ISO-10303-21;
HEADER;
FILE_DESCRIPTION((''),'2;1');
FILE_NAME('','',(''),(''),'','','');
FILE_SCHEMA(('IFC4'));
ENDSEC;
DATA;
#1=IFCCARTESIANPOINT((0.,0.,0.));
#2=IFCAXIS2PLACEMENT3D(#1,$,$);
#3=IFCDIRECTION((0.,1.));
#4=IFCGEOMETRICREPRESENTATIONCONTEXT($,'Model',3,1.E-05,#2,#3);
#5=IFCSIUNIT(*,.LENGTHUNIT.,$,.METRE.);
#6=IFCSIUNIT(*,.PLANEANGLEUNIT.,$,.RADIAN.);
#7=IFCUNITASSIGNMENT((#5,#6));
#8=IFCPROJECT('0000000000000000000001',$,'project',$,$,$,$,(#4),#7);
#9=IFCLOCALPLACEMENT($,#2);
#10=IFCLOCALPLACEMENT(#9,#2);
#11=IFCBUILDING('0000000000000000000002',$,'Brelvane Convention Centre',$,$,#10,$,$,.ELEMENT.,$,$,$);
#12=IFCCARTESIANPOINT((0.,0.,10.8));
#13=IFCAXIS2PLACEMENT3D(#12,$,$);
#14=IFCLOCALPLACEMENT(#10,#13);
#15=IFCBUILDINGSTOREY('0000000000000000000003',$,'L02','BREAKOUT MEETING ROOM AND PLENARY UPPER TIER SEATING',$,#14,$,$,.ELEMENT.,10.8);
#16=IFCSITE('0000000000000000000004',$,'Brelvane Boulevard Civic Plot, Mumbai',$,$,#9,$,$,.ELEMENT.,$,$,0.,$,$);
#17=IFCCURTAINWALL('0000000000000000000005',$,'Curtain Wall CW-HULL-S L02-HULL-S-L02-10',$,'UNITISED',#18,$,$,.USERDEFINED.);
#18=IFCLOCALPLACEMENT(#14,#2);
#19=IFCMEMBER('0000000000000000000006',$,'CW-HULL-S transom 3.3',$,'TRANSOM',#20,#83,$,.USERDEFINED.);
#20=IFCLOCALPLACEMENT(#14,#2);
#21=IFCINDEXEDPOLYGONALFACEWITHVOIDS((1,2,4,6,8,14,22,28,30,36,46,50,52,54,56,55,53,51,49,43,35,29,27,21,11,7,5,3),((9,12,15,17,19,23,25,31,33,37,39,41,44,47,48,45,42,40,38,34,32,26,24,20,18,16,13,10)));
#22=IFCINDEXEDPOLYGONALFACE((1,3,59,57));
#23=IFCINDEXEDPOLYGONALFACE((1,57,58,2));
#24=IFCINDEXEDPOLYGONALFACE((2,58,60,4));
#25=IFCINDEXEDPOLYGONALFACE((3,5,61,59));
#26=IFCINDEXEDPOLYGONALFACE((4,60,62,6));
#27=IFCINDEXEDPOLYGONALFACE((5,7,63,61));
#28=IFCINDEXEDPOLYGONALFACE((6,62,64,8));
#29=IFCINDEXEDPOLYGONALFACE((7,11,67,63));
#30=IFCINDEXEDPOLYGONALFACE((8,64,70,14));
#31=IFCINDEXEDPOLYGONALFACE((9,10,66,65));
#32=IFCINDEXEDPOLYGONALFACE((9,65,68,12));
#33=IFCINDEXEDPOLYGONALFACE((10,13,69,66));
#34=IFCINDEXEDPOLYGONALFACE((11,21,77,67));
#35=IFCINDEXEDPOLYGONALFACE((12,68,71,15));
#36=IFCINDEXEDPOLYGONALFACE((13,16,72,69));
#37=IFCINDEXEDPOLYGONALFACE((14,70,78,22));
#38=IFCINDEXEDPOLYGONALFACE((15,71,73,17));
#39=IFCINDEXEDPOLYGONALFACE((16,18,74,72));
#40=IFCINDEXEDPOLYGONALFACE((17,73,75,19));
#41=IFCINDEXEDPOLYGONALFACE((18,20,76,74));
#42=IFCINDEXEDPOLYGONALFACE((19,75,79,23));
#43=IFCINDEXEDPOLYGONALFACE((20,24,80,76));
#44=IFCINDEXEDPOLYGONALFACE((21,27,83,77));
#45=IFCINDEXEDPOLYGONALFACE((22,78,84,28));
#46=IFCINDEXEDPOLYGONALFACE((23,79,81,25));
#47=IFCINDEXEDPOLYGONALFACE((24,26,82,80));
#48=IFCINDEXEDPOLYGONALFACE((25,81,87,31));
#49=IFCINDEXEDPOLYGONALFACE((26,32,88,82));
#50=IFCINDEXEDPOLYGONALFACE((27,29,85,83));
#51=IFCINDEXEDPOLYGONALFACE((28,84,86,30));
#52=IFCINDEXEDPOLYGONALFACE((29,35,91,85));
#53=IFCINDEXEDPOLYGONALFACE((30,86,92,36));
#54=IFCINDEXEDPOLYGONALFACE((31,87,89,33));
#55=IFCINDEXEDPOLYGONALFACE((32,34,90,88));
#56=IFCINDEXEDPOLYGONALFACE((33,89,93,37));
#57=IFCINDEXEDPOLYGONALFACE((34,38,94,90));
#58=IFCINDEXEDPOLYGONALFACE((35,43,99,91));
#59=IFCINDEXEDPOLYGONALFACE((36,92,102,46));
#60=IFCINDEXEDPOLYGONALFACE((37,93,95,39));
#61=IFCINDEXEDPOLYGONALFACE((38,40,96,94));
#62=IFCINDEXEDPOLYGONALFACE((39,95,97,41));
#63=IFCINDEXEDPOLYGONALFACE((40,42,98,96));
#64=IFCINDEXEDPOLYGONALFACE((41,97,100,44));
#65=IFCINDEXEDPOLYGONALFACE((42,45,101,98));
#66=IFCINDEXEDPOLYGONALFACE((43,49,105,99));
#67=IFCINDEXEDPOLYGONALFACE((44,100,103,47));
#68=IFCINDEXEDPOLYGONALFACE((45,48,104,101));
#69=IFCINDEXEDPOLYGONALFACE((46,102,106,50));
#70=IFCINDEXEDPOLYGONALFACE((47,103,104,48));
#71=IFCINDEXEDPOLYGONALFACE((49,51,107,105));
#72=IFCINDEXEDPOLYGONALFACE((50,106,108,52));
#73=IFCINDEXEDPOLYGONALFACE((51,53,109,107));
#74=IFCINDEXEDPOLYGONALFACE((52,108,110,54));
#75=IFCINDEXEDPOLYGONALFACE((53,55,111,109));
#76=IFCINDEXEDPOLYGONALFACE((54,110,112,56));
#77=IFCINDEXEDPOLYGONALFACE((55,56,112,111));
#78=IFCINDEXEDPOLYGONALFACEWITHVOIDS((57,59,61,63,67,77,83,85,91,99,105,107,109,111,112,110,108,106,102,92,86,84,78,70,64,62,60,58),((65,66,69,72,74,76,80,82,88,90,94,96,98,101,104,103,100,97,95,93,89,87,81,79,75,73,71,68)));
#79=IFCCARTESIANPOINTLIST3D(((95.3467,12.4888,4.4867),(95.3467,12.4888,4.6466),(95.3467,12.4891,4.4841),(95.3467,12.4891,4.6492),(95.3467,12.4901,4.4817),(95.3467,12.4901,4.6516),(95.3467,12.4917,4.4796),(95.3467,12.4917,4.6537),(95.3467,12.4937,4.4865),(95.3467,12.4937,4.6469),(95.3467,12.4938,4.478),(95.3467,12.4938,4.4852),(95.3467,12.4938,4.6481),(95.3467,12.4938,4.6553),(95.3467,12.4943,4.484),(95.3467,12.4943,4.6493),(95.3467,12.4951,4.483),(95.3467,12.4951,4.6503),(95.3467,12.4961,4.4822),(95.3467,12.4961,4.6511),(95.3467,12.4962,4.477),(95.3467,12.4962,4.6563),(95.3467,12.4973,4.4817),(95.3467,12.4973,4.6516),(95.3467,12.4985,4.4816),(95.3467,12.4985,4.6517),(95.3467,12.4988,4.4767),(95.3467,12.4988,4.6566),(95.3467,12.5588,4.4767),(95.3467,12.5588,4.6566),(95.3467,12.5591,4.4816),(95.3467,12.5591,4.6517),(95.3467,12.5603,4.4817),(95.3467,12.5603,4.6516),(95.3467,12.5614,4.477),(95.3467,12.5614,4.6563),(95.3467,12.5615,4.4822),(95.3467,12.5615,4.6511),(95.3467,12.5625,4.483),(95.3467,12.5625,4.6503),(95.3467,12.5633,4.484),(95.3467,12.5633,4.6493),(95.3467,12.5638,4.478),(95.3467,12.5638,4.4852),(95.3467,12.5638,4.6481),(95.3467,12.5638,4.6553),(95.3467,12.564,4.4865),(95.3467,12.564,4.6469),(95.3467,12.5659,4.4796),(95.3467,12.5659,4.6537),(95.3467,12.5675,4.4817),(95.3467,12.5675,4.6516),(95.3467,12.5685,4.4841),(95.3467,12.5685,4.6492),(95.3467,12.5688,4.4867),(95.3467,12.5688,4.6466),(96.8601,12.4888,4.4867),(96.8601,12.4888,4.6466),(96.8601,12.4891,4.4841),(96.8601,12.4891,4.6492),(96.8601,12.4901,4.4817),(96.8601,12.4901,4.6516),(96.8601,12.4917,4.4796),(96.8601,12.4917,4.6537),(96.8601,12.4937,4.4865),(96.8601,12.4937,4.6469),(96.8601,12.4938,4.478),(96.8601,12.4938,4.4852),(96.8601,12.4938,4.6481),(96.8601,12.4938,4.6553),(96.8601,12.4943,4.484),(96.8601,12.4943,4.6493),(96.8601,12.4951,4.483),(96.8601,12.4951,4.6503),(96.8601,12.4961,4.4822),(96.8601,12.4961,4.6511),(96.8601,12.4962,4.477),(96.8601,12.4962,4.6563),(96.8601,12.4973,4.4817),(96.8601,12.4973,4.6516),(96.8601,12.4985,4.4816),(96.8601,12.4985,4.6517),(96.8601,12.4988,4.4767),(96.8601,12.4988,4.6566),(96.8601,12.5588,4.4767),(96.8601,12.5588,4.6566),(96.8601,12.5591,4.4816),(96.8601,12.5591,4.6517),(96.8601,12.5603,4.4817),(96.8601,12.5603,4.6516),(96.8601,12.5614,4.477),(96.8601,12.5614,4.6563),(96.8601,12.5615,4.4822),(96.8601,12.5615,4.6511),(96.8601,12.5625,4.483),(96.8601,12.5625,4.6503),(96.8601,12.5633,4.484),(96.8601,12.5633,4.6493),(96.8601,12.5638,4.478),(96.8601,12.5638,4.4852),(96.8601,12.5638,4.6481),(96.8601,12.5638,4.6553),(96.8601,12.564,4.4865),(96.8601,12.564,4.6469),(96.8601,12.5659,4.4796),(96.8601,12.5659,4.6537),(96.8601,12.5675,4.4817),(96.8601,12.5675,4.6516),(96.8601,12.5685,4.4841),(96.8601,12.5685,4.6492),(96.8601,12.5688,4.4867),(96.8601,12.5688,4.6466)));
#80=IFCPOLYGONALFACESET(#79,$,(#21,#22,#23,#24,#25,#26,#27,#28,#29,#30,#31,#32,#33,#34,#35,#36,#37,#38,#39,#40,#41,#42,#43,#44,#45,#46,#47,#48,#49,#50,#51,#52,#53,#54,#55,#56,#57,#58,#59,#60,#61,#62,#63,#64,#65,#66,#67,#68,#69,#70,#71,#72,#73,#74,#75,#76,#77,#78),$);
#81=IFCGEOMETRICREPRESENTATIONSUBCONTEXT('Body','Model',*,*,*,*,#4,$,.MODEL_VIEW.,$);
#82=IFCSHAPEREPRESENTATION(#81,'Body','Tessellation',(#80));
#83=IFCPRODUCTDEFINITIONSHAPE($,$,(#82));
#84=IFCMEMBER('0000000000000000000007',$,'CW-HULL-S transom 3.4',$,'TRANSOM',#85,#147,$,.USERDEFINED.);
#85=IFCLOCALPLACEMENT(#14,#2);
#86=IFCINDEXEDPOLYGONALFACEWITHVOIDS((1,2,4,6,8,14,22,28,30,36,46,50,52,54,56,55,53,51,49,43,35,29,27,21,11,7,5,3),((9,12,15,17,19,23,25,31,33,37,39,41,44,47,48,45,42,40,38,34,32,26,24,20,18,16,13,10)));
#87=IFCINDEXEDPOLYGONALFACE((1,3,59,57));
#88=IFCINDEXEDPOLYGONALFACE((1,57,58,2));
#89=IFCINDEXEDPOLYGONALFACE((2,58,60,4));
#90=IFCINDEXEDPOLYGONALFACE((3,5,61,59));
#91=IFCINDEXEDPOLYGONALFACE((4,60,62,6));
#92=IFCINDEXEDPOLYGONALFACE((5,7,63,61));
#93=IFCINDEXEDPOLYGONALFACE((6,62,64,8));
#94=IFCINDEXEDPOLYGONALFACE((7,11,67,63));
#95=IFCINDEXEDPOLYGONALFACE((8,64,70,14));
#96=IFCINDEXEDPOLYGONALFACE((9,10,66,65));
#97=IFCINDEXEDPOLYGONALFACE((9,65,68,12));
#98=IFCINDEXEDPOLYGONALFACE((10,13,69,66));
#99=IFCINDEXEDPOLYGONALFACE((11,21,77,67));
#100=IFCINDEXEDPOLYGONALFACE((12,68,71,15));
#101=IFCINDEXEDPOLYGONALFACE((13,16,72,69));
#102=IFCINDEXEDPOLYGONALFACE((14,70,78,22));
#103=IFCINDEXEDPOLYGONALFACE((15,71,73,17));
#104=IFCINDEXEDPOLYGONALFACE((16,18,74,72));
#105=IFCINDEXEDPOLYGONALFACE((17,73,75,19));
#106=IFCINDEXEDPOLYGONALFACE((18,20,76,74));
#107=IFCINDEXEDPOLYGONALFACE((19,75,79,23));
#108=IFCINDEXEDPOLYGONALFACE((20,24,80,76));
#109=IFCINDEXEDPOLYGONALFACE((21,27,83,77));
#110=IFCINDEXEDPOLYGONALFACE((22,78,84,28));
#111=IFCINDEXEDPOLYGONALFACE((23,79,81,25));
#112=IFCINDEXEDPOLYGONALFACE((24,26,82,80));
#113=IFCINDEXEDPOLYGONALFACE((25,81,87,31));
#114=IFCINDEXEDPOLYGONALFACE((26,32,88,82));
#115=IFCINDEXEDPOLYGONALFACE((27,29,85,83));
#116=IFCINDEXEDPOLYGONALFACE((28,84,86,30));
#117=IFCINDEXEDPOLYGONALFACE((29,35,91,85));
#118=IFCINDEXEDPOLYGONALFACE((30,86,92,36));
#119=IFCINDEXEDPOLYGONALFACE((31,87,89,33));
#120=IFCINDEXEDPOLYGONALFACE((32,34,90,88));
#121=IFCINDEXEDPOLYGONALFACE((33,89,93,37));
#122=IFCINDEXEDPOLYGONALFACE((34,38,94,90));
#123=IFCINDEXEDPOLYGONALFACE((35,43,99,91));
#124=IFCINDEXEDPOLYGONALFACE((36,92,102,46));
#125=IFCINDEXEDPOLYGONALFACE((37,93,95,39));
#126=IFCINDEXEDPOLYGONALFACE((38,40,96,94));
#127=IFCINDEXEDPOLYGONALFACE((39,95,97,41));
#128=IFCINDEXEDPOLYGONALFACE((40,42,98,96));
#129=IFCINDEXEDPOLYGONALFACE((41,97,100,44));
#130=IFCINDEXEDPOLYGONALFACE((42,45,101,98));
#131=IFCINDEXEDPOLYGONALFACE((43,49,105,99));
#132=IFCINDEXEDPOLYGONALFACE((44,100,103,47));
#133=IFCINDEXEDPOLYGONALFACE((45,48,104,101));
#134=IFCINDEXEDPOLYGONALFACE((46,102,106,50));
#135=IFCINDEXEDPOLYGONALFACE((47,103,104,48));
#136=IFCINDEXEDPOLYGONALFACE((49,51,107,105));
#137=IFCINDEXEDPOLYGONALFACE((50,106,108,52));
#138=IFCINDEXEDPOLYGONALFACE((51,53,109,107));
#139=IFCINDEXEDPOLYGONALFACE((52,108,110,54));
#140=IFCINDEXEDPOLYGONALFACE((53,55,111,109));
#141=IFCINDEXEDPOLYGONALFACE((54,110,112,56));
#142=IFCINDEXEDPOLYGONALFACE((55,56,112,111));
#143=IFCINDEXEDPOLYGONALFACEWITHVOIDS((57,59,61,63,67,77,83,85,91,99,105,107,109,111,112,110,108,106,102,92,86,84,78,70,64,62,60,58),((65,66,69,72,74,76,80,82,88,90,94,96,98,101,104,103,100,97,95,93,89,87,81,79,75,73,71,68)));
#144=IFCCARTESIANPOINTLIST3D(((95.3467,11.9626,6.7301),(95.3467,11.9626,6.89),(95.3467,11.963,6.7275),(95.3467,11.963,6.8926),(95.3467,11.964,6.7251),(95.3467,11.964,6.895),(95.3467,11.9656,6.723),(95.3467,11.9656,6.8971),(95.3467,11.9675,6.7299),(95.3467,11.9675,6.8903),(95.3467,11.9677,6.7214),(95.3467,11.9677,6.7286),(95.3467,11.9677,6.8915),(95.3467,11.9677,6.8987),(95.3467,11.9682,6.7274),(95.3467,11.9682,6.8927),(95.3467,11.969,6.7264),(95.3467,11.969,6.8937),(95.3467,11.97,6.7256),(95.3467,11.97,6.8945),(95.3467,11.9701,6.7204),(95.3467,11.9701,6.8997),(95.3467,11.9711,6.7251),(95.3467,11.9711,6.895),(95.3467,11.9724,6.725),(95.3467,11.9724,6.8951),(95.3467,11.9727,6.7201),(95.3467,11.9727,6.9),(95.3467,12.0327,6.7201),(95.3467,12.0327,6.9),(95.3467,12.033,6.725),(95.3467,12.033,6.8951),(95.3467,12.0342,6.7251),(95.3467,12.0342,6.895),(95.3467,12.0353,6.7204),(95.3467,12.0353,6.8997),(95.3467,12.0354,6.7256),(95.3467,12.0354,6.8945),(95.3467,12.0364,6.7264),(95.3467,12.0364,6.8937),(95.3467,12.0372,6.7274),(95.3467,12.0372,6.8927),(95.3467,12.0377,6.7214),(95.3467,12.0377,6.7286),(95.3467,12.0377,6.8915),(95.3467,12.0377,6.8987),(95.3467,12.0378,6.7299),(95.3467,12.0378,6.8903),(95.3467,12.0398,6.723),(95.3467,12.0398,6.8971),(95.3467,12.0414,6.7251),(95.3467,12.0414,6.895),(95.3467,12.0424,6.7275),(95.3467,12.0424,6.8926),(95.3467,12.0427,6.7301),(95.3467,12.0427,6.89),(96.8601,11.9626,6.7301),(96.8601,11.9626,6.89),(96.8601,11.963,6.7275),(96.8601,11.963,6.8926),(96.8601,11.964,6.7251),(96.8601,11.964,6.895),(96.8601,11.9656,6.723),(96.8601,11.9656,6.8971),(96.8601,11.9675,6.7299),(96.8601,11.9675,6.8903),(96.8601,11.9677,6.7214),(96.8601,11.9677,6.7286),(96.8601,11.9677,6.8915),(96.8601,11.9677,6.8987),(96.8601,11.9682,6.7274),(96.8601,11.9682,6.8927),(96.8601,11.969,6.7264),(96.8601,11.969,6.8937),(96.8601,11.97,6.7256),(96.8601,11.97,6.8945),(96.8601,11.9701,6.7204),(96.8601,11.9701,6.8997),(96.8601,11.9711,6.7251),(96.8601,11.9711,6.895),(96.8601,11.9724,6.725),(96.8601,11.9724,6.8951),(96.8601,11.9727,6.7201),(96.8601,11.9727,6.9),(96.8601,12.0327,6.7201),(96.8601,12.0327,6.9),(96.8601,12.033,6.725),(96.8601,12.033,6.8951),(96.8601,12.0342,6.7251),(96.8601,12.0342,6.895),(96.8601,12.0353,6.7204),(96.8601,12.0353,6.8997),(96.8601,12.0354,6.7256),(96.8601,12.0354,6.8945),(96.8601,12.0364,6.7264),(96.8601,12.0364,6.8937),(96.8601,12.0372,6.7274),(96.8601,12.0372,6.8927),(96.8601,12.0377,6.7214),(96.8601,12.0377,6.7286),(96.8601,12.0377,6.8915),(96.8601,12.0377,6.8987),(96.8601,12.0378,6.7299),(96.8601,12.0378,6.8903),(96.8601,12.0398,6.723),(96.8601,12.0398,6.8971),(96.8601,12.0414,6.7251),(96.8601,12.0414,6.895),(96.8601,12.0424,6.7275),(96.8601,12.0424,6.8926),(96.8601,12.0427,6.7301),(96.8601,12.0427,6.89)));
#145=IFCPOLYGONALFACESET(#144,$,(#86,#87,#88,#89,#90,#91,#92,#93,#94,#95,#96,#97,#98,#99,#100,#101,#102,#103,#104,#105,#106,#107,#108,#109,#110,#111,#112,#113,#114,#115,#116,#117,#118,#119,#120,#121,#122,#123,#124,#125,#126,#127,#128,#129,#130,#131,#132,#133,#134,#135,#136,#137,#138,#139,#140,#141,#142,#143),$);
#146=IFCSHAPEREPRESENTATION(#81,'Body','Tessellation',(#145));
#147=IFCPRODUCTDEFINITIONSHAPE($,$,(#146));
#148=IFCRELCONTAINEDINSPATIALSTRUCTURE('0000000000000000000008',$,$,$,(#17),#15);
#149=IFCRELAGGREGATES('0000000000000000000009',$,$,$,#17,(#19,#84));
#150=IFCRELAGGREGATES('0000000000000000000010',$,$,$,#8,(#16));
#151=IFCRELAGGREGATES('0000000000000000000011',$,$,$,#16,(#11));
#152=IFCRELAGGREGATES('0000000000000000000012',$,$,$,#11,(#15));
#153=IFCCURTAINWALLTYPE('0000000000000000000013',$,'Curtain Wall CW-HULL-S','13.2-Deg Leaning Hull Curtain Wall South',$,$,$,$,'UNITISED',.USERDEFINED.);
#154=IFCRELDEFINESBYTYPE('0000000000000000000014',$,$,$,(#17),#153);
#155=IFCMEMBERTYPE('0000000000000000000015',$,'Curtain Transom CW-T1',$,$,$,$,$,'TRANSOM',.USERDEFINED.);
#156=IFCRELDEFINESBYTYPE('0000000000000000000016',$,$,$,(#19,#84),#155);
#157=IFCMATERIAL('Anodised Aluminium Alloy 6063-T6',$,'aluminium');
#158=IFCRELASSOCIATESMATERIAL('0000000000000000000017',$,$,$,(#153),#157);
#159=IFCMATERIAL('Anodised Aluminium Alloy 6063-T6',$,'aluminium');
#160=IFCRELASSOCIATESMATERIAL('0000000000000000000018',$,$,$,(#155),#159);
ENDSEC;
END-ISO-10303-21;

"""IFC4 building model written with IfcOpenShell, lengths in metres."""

from ifc_helpers import new_model, si_unit, direction, frame, origin, origin_2d, place, context, subcontext, project, spatial, hollow_rectangle, extrude, material, material_profile, profile_set, type_object, element, aggregate, save


model = new_model("IFC4")

# Units and contexts
model_context = context("Model", 3, precision=1e-05, world=origin(), true_north=direction((0.0, 1.0)))
body_context = subcontext(model_context, "Body", "Model", "MODEL_VIEW")
ifc_project = project(units=[si_unit("LENGTHUNIT", "METRE"), si_unit("PLANEANGLEUNIT", "RADIAN")], contexts=[model_context])

# Site, building, storey
site_placement = place(None, origin())
site = spatial("IfcSite", under=ifc_project, at=site_placement, Name="Brelvane Boulevard Civic Plot, Mumbai", CompositionType="ELEMENT", RefElevation=0.0)
building_placement = place(site_placement, origin())
building = spatial("IfcBuilding", under=site, at=building_placement, Name="Brelvane Convention Centre", CompositionType="ELEMENT")
storey_placement = place(building_placement, frame((0.0, 0.0, 10.8)))
storey = spatial("IfcBuildingStorey", under=building, at=storey_placement, Name="L02", Description="BREAKOUT MEETING ROOM AND PLENARY UPPER TIER SEATING", CompositionType="ELEMENT", Elevation=10.8)

# Curtain wall, members
ifc_material_1 = material(Name="Anodised Aluminium Alloy 6063-T6", Category="aluminium")
curtain_wall_type = type_object("IfcCurtainWallType", Name="Curtain Wall CW-HULL-S", Description="13.2-Deg Leaning Hull Curtain Wall South", ElementType="UNITISED", PredefinedType="USERDEFINED", material=ifc_material_1)
curtain_wall_1_placement = place(storey_placement, origin())
curtain_wall_1 = element("IfcCurtainWall", 1, at=curtain_wall_1_placement, inside=storey, type_object=curtain_wall_type, Name="Curtain Wall CW-HULL-S L02-HULL-S-L02-10", ObjectType="UNITISED", PredefinedType="USERDEFINED")
ifc_material_2 = material(Name="Anodised Aluminium Alloy 6063-T6", Category="aluminium")
ifc_material_profile = material_profile(ifc_material_2, hollow_rectangle(XDim=0.0801, YDim=0.1799, WallThickness=0.0049, InnerFilletRadius=0.0049, OuterFilletRadius=0.01, at=origin_2d()), Name="ALU-T 180x80x5.0")
ifc_profile_set = profile_set([ifc_material_profile], Name="Anodised Aluminium Alloy 6063-T6")
member_type = type_object("IfcMemberType", Name="Curtain Transom CW-T1", ElementType="TRANSOM", PredefinedType="USERDEFINED", material=ifc_profile_set)
member_1_placement = place(storey_placement, frame((95.3467, 12.5288, 4.5667), z_axis=(1.0, 0.0, 0.0), x_axis=(0.0, 1.0, 0.0)))
member_1 = element("IfcMember", 2, at=member_1_placement, type_object=member_type, Name="CW-HULL-S transom 3.3", ObjectType="TRANSOM", PredefinedType="USERDEFINED", context=body_context, shape_type="SweptSolid", body=[
    extrude(hollow_rectangle(XDim=0.0801, YDim=0.1799, WallThickness=0.0049, InnerFilletRadius=0.0049, OuterFilletRadius=0.01, at=origin_2d()), origin(), (0.0, 0.0, 1.0), 1.5134),
])
member_2_placement = place(storey_placement, frame((95.3467, 12.0027, 6.8101), z_axis=(1.0, 0.0, 0.0), x_axis=(0.0, 1.0, 0.0)))
member_2 = element("IfcMember", 3, at=member_2_placement, type_object=member_type, Name="CW-HULL-S transom 3.4", ObjectType="TRANSOM", PredefinedType="USERDEFINED", context=body_context, shape_type="SweptSolid", body=[
    extrude(hollow_rectangle(XDim=0.0801, YDim=0.1799, WallThickness=0.0049, InnerFilletRadius=0.0049, OuterFilletRadius=0.01, at=origin_2d()), origin(), (0.0, 0.0, 1.0), 1.5134),
])

aggregate(curtain_wall_1, [member_1, member_2])

save(model, "model.ifc")
